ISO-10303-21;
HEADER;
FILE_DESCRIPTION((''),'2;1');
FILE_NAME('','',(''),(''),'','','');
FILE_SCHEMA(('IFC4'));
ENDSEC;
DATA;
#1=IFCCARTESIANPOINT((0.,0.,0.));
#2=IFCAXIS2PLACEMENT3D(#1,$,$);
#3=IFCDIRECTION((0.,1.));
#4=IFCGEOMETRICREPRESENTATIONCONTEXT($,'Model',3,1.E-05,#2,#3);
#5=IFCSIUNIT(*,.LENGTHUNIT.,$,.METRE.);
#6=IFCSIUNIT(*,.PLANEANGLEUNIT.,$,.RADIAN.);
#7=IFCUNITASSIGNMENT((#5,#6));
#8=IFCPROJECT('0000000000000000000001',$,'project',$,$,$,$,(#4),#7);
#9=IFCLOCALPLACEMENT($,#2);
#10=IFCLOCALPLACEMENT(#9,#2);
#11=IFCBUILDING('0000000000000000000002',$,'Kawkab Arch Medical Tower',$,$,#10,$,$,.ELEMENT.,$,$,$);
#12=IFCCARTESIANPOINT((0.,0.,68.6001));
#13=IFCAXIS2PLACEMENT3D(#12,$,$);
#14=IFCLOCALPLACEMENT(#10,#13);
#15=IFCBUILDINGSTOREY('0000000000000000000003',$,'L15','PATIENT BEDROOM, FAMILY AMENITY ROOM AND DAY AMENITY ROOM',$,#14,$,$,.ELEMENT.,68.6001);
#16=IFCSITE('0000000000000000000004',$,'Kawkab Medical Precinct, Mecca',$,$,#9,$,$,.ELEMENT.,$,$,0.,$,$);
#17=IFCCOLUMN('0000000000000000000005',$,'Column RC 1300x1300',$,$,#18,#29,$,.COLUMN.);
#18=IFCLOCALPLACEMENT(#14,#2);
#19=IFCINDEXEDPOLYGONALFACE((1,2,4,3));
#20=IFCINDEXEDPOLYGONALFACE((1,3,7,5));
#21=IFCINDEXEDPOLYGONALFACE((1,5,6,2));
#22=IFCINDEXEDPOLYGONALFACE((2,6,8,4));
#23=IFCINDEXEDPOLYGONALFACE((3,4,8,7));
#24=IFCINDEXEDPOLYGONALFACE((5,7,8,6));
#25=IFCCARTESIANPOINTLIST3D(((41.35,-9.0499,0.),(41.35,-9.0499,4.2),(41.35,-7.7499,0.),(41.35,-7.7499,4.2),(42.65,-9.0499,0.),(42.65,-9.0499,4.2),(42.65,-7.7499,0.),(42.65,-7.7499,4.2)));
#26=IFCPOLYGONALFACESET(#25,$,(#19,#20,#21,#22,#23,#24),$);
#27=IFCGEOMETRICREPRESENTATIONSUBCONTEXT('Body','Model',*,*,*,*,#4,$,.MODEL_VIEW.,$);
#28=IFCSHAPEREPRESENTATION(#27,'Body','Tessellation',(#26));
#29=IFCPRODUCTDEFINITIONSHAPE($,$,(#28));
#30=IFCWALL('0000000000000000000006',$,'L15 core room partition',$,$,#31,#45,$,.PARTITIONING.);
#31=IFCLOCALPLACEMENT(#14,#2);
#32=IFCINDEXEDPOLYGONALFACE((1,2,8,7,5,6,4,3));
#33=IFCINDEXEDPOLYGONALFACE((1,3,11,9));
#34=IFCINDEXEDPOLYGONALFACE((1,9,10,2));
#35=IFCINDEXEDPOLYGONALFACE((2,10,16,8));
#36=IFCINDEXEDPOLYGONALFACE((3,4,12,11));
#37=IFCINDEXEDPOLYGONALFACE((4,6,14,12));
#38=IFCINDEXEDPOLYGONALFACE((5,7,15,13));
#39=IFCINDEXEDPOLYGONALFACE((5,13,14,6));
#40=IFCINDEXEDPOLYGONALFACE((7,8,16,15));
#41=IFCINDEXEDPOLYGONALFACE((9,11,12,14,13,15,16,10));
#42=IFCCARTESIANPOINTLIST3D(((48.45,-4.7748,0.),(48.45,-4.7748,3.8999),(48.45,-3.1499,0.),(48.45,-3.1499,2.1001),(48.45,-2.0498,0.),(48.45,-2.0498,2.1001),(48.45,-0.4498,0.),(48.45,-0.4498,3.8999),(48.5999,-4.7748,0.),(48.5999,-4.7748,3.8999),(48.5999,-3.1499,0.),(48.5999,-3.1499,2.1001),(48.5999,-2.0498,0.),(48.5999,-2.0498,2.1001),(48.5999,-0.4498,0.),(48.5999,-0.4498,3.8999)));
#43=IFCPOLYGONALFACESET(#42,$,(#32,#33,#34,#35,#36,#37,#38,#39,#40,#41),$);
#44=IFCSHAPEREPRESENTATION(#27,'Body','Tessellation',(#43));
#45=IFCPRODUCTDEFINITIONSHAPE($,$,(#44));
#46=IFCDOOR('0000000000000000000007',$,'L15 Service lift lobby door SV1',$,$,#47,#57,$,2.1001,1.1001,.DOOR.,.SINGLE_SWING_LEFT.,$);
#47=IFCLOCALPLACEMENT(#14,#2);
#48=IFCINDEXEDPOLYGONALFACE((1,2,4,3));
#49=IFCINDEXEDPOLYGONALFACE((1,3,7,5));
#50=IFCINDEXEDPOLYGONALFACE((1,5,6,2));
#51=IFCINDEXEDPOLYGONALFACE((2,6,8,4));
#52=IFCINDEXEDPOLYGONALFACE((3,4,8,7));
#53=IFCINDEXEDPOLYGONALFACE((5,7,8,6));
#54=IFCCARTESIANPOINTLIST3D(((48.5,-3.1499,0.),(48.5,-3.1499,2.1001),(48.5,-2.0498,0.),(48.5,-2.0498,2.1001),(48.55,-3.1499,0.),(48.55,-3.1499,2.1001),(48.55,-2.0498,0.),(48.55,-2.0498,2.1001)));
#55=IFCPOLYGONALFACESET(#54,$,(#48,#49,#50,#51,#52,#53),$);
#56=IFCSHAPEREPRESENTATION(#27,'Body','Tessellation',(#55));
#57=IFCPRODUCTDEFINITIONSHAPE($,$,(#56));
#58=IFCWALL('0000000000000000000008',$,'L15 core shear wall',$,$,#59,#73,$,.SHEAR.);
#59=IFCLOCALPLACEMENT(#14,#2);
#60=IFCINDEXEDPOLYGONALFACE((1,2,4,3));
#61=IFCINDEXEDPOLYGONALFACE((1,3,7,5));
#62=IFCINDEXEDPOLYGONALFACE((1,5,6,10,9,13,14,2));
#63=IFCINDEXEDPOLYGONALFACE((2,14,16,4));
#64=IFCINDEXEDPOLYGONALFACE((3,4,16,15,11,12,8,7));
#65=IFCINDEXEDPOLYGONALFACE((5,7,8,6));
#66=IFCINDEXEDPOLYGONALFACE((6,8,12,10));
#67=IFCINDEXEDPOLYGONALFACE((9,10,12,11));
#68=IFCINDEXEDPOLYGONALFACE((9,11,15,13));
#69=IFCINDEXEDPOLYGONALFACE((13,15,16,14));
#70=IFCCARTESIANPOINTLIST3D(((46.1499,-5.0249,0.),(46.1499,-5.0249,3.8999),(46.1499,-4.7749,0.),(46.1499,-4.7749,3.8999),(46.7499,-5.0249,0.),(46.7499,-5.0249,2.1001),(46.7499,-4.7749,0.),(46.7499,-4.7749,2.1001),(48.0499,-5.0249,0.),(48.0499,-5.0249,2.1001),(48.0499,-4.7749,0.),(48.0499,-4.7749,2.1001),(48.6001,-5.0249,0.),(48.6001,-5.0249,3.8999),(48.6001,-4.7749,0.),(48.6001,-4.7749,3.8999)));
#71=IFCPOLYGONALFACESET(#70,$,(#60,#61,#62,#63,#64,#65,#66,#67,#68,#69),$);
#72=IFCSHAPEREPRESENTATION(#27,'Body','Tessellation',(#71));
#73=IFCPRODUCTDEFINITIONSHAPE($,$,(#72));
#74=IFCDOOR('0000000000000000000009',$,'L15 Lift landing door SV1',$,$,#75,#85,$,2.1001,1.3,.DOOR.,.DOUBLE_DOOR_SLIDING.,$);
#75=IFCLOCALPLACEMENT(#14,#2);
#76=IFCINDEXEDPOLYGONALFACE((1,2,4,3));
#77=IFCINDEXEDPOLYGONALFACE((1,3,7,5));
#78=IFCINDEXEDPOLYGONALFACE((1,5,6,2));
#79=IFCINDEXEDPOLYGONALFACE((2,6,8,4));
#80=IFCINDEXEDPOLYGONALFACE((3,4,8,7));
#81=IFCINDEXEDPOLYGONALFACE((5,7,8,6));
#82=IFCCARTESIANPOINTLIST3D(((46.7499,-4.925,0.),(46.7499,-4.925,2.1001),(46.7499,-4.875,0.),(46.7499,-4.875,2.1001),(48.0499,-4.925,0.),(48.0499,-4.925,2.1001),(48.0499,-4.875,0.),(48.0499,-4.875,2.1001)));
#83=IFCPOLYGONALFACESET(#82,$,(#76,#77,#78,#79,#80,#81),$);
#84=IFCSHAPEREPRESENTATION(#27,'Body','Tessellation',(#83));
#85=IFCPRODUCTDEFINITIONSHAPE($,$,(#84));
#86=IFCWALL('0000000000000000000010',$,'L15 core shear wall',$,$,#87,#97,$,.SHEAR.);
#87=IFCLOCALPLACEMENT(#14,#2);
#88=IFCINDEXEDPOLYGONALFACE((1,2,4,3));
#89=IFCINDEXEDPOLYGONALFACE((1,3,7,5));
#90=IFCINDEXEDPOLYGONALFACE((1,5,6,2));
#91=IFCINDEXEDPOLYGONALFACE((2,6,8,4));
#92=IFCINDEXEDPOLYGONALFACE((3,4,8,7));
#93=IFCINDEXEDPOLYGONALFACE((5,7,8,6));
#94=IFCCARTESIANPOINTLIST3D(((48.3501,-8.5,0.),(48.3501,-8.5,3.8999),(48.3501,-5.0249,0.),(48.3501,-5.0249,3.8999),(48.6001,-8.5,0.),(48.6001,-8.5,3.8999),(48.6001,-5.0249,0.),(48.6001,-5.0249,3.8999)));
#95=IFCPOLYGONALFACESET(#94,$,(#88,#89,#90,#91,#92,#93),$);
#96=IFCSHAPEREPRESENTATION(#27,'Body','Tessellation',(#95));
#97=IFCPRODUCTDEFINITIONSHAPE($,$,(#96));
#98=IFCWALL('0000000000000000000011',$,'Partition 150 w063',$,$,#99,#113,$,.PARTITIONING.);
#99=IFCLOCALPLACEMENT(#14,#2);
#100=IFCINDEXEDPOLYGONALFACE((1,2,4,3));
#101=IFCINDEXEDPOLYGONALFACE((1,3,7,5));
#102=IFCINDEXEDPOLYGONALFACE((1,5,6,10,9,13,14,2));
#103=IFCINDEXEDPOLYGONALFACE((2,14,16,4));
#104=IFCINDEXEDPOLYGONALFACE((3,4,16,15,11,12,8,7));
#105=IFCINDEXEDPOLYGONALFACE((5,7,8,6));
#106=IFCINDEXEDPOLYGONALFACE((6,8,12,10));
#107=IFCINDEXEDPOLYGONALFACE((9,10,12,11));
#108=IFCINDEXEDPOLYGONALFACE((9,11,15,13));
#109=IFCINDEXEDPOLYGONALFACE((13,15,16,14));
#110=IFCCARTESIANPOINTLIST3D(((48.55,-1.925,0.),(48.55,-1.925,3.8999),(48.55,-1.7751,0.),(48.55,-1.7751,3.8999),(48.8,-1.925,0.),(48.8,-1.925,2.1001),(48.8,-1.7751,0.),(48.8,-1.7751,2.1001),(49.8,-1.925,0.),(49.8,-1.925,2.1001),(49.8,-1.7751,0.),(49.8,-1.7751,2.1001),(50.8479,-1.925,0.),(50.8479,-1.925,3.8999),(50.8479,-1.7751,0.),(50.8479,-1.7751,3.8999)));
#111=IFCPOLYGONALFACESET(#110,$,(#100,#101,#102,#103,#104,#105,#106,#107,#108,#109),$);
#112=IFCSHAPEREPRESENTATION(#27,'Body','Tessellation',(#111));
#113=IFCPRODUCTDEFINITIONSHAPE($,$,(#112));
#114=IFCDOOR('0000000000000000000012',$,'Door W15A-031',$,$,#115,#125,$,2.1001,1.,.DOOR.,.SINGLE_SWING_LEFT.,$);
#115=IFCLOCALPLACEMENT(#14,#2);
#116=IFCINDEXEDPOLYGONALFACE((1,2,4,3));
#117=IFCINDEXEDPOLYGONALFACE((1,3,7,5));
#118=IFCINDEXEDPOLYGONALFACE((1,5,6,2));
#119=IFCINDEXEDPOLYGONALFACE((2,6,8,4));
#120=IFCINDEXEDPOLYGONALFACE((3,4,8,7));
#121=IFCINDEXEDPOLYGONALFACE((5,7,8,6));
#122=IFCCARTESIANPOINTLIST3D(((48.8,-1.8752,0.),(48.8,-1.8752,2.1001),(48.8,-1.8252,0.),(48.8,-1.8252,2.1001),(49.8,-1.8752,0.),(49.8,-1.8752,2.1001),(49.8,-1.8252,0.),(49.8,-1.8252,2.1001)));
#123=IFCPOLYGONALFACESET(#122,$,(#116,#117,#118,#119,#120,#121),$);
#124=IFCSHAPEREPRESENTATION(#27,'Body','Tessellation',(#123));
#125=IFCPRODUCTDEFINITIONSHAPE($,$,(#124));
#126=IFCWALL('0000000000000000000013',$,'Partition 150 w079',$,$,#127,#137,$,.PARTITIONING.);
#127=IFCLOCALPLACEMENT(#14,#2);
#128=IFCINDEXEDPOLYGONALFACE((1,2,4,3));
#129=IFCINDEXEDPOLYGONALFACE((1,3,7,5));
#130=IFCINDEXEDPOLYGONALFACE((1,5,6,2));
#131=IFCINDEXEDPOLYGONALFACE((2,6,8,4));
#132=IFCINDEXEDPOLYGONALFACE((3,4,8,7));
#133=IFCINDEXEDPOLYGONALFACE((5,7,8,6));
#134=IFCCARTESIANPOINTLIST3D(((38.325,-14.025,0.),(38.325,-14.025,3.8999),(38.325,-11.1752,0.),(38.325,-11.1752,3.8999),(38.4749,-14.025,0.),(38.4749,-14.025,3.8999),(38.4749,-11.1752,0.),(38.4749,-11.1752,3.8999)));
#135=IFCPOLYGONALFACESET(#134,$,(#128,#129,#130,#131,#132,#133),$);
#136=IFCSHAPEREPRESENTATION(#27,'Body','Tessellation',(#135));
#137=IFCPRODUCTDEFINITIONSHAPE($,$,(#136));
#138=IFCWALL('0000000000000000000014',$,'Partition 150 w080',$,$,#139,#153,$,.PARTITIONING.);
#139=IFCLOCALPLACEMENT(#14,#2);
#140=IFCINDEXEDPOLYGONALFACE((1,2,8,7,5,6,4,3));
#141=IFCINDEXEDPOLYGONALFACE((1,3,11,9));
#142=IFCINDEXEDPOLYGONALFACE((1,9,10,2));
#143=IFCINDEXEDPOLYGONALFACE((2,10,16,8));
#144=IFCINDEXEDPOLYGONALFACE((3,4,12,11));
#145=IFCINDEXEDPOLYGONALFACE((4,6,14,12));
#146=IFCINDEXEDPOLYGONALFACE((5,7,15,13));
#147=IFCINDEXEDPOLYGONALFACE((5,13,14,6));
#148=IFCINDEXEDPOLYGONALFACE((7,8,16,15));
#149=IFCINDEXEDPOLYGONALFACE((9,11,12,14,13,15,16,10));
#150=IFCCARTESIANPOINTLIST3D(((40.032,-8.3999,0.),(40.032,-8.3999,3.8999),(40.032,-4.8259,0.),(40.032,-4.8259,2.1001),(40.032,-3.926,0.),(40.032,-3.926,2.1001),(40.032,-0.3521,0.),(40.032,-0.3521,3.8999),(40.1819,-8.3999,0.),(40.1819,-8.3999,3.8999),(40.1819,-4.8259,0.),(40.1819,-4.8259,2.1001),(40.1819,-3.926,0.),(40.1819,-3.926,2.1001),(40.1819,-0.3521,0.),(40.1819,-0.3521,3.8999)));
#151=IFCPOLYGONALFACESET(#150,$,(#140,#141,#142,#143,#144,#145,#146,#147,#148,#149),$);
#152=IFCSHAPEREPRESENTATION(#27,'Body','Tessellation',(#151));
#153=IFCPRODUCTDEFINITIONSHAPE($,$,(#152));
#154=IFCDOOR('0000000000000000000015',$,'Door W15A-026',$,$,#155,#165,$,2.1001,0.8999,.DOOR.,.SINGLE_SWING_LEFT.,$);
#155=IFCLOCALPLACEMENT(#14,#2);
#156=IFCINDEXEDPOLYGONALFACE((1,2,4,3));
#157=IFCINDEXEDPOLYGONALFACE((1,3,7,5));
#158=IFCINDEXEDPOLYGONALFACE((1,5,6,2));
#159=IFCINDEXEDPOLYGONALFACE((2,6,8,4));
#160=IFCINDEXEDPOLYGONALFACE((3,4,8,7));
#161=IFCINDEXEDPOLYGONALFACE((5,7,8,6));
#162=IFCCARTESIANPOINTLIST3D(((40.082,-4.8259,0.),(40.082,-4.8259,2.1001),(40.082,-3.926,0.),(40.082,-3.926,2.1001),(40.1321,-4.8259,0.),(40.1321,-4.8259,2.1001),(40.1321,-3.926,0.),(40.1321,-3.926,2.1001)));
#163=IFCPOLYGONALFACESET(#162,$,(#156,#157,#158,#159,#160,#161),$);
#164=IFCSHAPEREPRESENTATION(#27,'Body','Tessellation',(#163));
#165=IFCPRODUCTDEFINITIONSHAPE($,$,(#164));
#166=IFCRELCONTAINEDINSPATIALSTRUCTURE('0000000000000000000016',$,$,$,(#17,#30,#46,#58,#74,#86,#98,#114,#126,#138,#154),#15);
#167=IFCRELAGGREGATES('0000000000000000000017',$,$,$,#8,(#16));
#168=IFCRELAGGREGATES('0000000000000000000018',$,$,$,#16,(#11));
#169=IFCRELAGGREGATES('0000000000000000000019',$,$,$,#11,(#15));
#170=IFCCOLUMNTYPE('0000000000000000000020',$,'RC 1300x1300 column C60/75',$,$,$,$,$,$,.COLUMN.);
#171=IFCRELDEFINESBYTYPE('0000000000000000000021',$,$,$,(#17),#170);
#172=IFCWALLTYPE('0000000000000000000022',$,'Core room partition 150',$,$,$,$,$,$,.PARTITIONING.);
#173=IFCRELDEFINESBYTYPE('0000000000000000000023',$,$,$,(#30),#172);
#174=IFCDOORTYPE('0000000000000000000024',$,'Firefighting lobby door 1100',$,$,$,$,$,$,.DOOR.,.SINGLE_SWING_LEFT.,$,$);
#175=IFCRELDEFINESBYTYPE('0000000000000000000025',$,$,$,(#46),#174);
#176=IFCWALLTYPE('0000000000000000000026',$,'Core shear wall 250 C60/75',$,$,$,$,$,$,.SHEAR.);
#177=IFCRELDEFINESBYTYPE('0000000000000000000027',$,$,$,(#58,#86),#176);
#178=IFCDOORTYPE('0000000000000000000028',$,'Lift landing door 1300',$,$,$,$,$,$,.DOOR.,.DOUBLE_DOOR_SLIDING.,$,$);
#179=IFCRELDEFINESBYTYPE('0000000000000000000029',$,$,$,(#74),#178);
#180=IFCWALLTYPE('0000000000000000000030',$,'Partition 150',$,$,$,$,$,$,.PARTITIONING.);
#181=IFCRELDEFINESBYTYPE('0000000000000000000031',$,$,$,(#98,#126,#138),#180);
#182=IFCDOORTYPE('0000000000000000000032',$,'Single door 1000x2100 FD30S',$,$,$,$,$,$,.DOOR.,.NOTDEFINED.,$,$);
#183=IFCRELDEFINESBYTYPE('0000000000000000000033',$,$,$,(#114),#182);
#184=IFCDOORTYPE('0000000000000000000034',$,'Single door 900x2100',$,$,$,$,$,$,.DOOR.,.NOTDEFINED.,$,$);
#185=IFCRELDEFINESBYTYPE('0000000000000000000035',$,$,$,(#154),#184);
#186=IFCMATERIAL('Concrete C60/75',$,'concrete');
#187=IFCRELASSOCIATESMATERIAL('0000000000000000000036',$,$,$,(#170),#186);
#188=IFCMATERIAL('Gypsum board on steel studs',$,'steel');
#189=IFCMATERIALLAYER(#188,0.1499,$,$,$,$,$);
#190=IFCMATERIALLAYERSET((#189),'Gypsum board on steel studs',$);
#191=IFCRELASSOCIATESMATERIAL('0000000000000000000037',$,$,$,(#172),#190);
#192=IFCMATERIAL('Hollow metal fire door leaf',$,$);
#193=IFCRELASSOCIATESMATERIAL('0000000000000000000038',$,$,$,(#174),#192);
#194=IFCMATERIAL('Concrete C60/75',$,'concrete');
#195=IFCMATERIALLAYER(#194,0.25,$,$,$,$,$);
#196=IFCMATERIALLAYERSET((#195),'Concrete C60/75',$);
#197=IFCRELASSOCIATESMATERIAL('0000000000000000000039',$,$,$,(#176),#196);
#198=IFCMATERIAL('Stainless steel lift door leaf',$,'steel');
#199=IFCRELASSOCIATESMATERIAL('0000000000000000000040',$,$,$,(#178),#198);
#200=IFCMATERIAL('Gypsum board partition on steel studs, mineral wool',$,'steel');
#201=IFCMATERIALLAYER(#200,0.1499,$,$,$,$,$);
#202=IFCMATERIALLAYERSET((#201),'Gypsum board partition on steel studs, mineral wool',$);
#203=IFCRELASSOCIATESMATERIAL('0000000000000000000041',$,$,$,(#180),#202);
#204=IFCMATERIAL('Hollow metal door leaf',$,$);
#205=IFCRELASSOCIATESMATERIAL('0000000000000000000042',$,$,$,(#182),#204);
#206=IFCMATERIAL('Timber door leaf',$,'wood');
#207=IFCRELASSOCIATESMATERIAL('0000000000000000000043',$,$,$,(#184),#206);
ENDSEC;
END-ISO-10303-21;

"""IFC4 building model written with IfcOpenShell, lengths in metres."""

from ifc_helpers import new_model, si_unit, direction, frame, frame_2d, origin, origin_2d, place, context, subcontext, project, spatial, rectangle, extrude, material, layer, layer_set, material_profile, profile_set, type_object, element, fill, save


model = new_model("IFC4")

# Units and contexts
model_context = context("Model", 3, precision=1e-05, world=origin(), true_north=direction((0.0, 1.0)))
body_context = subcontext(model_context, "Body", "Model", "MODEL_VIEW")
ifc_project = project(units=[si_unit("LENGTHUNIT", "METRE"), si_unit("PLANEANGLEUNIT", "RADIAN")], contexts=[model_context])

# Site, building, storey
site_placement = place(None, origin())
site = spatial("IfcSite", under=ifc_project, at=site_placement, Name="Kawkab Medical Precinct, Mecca", CompositionType="ELEMENT", RefElevation=0.0)
building_placement = place(site_placement, origin())
building = spatial("IfcBuilding", under=site, at=building_placement, Name="Kawkab Arch Medical Tower", CompositionType="ELEMENT")
storey_placement = place(building_placement, frame((0.0, 0.0, 68.6001)))
storey = spatial("IfcBuildingStorey", under=building, at=storey_placement, Name="L15", Description="PATIENT BEDROOM, FAMILY AMENITY ROOM AND DAY AMENITY ROOM", CompositionType="ELEMENT", Elevation=68.6001)

# Column
ifc_material_1 = material(Name="Concrete C60/75", Category="concrete")
ifc_material_profile = material_profile(ifc_material_1, rectangle(XDim=1.3, YDim=1.3, at=origin_2d()), Name="RC 1300x1300")
ifc_profile_set = profile_set([ifc_material_profile], Name="Concrete C60/75")
column_type = type_object("IfcColumnType", Name="RC 1300x1300 column C60/75", PredefinedType="COLUMN", material=ifc_profile_set)
column_placement = place(storey_placement, frame((42.0, -8.3999, 0.0), z_axis=(0.0, 0.0, 1.0), x_axis=(1.0, 0.0, 0.0)))
element("IfcColumn", 1, at=column_placement, inside=storey, type_object=column_type, Name="Column RC 1300x1300", PredefinedType="COLUMN", context=body_context, shape_type="SweptSolid", body=[
    extrude(rectangle(XDim=1.3, YDim=1.3, at=origin_2d()), origin(), (0.0, 0.0, 1.0), 4.2),
])

# Walls, openings, doors
ifc_material_2 = material(Name="Gypsum board on steel studs", Category="steel")
ifc_layer_1 = layer(ifc_material_2, 0.1499)
ifc_layer_set_1 = layer_set([ifc_layer_1], Name="Gypsum board on steel studs")
wall_type_1 = type_object("IfcWallType", Name="Core room partition 150", PredefinedType="PARTITIONING", material=ifc_layer_set_1)
wall_1_placement = place(storey_placement, frame((48.5249, -4.7749, 0.0), z_axis=(0.0, 0.0, 1.0), x_axis=(0.0, 1.0, 0.0)))
wall_1 = element("IfcWall", 2, at=wall_1_placement, inside=storey, type_object=wall_type_1, Name="L15 core room partition", PredefinedType="PARTITIONING", context=body_context, shape_type="SweptSolid", body=[
    extrude(rectangle(XDim=4.325, YDim=0.1499, at=frame_2d((2.1626, 0.0))), origin(), (0.0, 0.0, 1.0), 3.8999),
])
opening_1_placement = place(wall_1_placement, frame((1.625, 0.0, 0.0)))
opening_1 = element("IfcOpeningElement", 3, at=opening_1_placement, cuts=wall_1, PredefinedType="OPENING", context=body_context, shape_type="SweptSolid", body=[
    extrude(rectangle(XDim=1.1001, YDim=2.1001, at=frame_2d((0.55, 1.05))), frame((0.0, 0.085, 0.0), z_axis=(0.0, -1.0, 0.0), x_axis=(1.0, 0.0, 0.0)), (0.0, 0.0, 1.0), 0.1699),
])
ifc_material_3 = material(Name="Hollow metal fire door leaf")
door_type_1 = type_object("IfcDoorType", Name="Firefighting lobby door 1100", OperationType="SINGLE_SWING_LEFT", PredefinedType="DOOR", material=ifc_material_3)
door_1_placement = place(opening_1_placement, origin())
door_1 = element("IfcDoor", 4, at=door_1_placement, inside=storey, type_object=door_type_1, Name="L15 Service lift lobby door SV1", OperationType="SINGLE_SWING_LEFT", OverallHeight=2.1001, OverallWidth=1.1001, PredefinedType="DOOR", context=body_context, shape_type="SweptSolid", body=[
    extrude(rectangle(XDim=1.1001, YDim=2.1001, at=frame_2d((0.55, 1.05))), frame((0.0, 0.0249, 0.0), z_axis=(0.0, -1.0, 0.0), x_axis=(1.0, 0.0, 0.0)), (0.0, 0.0, 1.0), 0.05),
])
fill(opening_1, door_1)
ifc_material_4 = material(Name="Concrete C60/75", Category="concrete")
ifc_layer_2 = layer(ifc_material_4, 0.25)
ifc_layer_set_2 = layer_set([ifc_layer_2], Name="Concrete C60/75")
wall_type_2 = type_object("IfcWallType", Name="Core shear wall 250 C60/75", PredefinedType="SHEAR", material=ifc_layer_set_2)
wall_2_placement = place(storey_placement, frame((46.1499, -4.8999, 0.0), z_axis=(0.0, 0.0, 1.0), x_axis=(1.0, 0.0, 0.0)))
wall_2 = element("IfcWall", 5, at=wall_2_placement, inside=storey, type_object=wall_type_2, Name="L15 core shear wall", PredefinedType="SHEAR", context=body_context, shape_type="SweptSolid", body=[
    extrude(rectangle(XDim=2.4502, YDim=0.25, at=frame_2d((1.2251, 0.0))), origin(), (0.0, 0.0, 1.0), 3.8999),
])
opening_2_placement = place(wall_2_placement, frame((0.6001, 0.0, 0.0)))
opening_2 = element("IfcOpeningElement", 6, at=opening_2_placement, cuts=wall_2, PredefinedType="OPENING", context=body_context, shape_type="SweptSolid", body=[
    extrude(rectangle(XDim=1.3, YDim=2.1001, at=frame_2d((0.6499, 1.05))), frame((0.0, 0.135, 0.0), z_axis=(0.0, -1.0, 0.0), x_axis=(1.0, 0.0, 0.0)), (0.0, 0.0, 1.0), 0.27),
])
ifc_material_5 = material(Name="Stainless steel lift door leaf", Category="steel")
door_type_2 = type_object("IfcDoorType", Name="Lift landing door 1300", OperationType="DOUBLE_DOOR_SLIDING", PredefinedType="DOOR", material=ifc_material_5)
door_2_placement = place(opening_2_placement, origin())
door_2 = element("IfcDoor", 7, at=door_2_placement, inside=storey, type_object=door_type_2, Name="L15 Lift landing door SV1", OperationType="DOUBLE_DOOR_SLIDING", OverallHeight=2.1001, OverallWidth=1.3, PredefinedType="DOOR", context=body_context, shape_type="SweptSolid", body=[
    extrude(rectangle(XDim=1.3, YDim=2.1001, at=frame_2d((0.6499, 1.05))), frame((0.0, 0.0249, 0.0), z_axis=(0.0, -1.0, 0.0), x_axis=(1.0, 0.0, 0.0)), (0.0, 0.0, 1.0), 0.05),
])
fill(opening_2, door_2)

# Wall
wall_3_placement = place(storey_placement, frame((48.4751, -8.5, 0.0), z_axis=(0.0, 0.0, 1.0), x_axis=(0.0, 1.0, 0.0)))
element("IfcWall", 8, at=wall_3_placement, inside=storey, type_object=wall_type_2, Name="L15 core shear wall", PredefinedType="SHEAR", context=body_context, shape_type="SweptSolid", body=[
    extrude(rectangle(XDim=3.4751, YDim=0.25, at=frame_2d((1.7375, 0.0))), origin(), (0.0, 0.0, 1.0), 3.8999),
])

# Wall, opening, door
ifc_material_6 = material(Name="Gypsum board partition on steel studs, mineral wool", Category="steel")
ifc_layer_3 = layer(ifc_material_6, 0.1499)
ifc_layer_set_3 = layer_set([ifc_layer_3], Name="Gypsum board partition on steel studs, mineral wool")
wall_type_3 = type_object("IfcWallType", Name="Partition 150", PredefinedType="PARTITIONING", material=ifc_layer_set_3)
wall_4_placement = place(storey_placement, frame((48.55, -1.8501, 0.0), z_axis=(0.0, 0.0, 1.0), x_axis=(1.0, 0.0, 0.0)))
wall_4 = element("IfcWall", 9, at=wall_4_placement, inside=storey, type_object=wall_type_3, Name="Partition 150 w063", PredefinedType="PARTITIONING", context=body_context, shape_type="SweptSolid", body=[
    extrude(rectangle(XDim=2.2979, YDim=0.1499, at=frame_2d((1.1489, 0.0))), origin(), (0.0, 0.0, 1.0), 3.8999),
])
opening_3_placement = place(wall_4_placement, frame((0.25, 0.0, 0.0)))
opening_3 = element("IfcOpeningElement", 10, at=opening_3_placement, cuts=wall_4, PredefinedType="OPENING", context=body_context, shape_type="SweptSolid", body=[
    extrude(rectangle(XDim=1.0, YDim=2.1001, at=frame_2d((0.5, 1.05))), frame((0.0, 0.085, 0.0), z_axis=(0.0, -1.0, 0.0), x_axis=(1.0, 0.0, 0.0)), (0.0, 0.0, 1.0), 0.1699),
])
ifc_material_7 = material(Name="Hollow metal door leaf")
door_type_3 = type_object("IfcDoorType", Name="Single door 1000x2100 FD30S", OperationType="NOTDEFINED", PredefinedType="DOOR", material=ifc_material_7)
door_3_placement = place(opening_3_placement, origin())
door_3 = element("IfcDoor", 11, at=door_3_placement, inside=storey, type_object=door_type_3, Name="Door W15A-031", OperationType="SINGLE_SWING_LEFT", OverallHeight=2.1001, OverallWidth=1.0, PredefinedType="DOOR", context=body_context, shape_type="SweptSolid", body=[
    extrude(rectangle(XDim=1.0, YDim=2.1001, at=frame_2d((0.5, 1.05))), frame((0.0, 0.0249, 0.0), z_axis=(0.0, -1.0, 0.0), x_axis=(1.0, 0.0, 0.0)), (0.0, 0.0, 1.0), 0.05),
])
fill(opening_3, door_3)

# Wall
wall_5_placement = place(storey_placement, frame((38.3999, -14.0249, 0.0), z_axis=(0.0, 0.0, 1.0), x_axis=(0.0, 1.0, 0.0)))
element("IfcWall", 12, at=wall_5_placement, inside=storey, type_object=wall_type_3, Name="Partition 150 w079", PredefinedType="PARTITIONING", context=body_context, shape_type="SweptSolid", body=[
    extrude(rectangle(XDim=2.8499, YDim=0.1499, at=frame_2d((1.4248, 0.0))), origin(), (0.0, 0.0, 1.0), 3.8999),
])

# Wall, opening, door
wall_6_placement = place(storey_placement, frame((40.1069, -8.3999, 0.0), z_axis=(0.0, 0.0, 1.0), x_axis=(0.0, 1.0, 0.0)))
wall_6 = element("IfcWall", 13, at=wall_6_placement, inside=storey, type_object=wall_type_3, Name="Partition 150 w080", PredefinedType="PARTITIONING", context=body_context, shape_type="SweptSolid", body=[
    extrude(rectangle(XDim=8.0479, YDim=0.1499, at=frame_2d((4.0239, 0.0))), origin(), (0.0, 0.0, 1.0), 3.8999),
])
opening_4_placement = place(wall_6_placement, frame((3.574, 0.0, 0.0)))
opening_4 = element("IfcOpeningElement", 14, at=opening_4_placement, cuts=wall_6, PredefinedType="OPENING", context=body_context, shape_type="SweptSolid", body=[
    extrude(rectangle(XDim=0.8999, YDim=2.1001, at=frame_2d((0.45, 1.05))), frame((0.0, 0.085, 0.0), z_axis=(0.0, -1.0, 0.0), x_axis=(1.0, 0.0, 0.0)), (0.0, 0.0, 1.0), 0.1699),
])
ifc_material_8 = material(Name="Timber door leaf", Category="wood")
door_type_4 = type_object("IfcDoorType", Name="Single door 900x2100", OperationType="NOTDEFINED", PredefinedType="DOOR", material=ifc_material_8)
door_4_placement = place(opening_4_placement, origin())
door_4 = element("IfcDoor", 15, at=door_4_placement, inside=storey, type_object=door_type_4, Name="Door W15A-026", OperationType="SINGLE_SWING_LEFT", OverallHeight=2.1001, OverallWidth=0.8999, PredefinedType="DOOR", context=body_context, shape_type="SweptSolid", body=[
    extrude(rectangle(XDim=0.8999, YDim=2.1001, at=frame_2d((0.45, 1.05))), frame((0.0, 0.0249, 0.0), z_axis=(0.0, -1.0, 0.0), x_axis=(1.0, 0.0, 0.0)), (0.0, 0.0, 1.0), 0.05),
])
fill(opening_4, door_4)

save(model, "model.ifc")
